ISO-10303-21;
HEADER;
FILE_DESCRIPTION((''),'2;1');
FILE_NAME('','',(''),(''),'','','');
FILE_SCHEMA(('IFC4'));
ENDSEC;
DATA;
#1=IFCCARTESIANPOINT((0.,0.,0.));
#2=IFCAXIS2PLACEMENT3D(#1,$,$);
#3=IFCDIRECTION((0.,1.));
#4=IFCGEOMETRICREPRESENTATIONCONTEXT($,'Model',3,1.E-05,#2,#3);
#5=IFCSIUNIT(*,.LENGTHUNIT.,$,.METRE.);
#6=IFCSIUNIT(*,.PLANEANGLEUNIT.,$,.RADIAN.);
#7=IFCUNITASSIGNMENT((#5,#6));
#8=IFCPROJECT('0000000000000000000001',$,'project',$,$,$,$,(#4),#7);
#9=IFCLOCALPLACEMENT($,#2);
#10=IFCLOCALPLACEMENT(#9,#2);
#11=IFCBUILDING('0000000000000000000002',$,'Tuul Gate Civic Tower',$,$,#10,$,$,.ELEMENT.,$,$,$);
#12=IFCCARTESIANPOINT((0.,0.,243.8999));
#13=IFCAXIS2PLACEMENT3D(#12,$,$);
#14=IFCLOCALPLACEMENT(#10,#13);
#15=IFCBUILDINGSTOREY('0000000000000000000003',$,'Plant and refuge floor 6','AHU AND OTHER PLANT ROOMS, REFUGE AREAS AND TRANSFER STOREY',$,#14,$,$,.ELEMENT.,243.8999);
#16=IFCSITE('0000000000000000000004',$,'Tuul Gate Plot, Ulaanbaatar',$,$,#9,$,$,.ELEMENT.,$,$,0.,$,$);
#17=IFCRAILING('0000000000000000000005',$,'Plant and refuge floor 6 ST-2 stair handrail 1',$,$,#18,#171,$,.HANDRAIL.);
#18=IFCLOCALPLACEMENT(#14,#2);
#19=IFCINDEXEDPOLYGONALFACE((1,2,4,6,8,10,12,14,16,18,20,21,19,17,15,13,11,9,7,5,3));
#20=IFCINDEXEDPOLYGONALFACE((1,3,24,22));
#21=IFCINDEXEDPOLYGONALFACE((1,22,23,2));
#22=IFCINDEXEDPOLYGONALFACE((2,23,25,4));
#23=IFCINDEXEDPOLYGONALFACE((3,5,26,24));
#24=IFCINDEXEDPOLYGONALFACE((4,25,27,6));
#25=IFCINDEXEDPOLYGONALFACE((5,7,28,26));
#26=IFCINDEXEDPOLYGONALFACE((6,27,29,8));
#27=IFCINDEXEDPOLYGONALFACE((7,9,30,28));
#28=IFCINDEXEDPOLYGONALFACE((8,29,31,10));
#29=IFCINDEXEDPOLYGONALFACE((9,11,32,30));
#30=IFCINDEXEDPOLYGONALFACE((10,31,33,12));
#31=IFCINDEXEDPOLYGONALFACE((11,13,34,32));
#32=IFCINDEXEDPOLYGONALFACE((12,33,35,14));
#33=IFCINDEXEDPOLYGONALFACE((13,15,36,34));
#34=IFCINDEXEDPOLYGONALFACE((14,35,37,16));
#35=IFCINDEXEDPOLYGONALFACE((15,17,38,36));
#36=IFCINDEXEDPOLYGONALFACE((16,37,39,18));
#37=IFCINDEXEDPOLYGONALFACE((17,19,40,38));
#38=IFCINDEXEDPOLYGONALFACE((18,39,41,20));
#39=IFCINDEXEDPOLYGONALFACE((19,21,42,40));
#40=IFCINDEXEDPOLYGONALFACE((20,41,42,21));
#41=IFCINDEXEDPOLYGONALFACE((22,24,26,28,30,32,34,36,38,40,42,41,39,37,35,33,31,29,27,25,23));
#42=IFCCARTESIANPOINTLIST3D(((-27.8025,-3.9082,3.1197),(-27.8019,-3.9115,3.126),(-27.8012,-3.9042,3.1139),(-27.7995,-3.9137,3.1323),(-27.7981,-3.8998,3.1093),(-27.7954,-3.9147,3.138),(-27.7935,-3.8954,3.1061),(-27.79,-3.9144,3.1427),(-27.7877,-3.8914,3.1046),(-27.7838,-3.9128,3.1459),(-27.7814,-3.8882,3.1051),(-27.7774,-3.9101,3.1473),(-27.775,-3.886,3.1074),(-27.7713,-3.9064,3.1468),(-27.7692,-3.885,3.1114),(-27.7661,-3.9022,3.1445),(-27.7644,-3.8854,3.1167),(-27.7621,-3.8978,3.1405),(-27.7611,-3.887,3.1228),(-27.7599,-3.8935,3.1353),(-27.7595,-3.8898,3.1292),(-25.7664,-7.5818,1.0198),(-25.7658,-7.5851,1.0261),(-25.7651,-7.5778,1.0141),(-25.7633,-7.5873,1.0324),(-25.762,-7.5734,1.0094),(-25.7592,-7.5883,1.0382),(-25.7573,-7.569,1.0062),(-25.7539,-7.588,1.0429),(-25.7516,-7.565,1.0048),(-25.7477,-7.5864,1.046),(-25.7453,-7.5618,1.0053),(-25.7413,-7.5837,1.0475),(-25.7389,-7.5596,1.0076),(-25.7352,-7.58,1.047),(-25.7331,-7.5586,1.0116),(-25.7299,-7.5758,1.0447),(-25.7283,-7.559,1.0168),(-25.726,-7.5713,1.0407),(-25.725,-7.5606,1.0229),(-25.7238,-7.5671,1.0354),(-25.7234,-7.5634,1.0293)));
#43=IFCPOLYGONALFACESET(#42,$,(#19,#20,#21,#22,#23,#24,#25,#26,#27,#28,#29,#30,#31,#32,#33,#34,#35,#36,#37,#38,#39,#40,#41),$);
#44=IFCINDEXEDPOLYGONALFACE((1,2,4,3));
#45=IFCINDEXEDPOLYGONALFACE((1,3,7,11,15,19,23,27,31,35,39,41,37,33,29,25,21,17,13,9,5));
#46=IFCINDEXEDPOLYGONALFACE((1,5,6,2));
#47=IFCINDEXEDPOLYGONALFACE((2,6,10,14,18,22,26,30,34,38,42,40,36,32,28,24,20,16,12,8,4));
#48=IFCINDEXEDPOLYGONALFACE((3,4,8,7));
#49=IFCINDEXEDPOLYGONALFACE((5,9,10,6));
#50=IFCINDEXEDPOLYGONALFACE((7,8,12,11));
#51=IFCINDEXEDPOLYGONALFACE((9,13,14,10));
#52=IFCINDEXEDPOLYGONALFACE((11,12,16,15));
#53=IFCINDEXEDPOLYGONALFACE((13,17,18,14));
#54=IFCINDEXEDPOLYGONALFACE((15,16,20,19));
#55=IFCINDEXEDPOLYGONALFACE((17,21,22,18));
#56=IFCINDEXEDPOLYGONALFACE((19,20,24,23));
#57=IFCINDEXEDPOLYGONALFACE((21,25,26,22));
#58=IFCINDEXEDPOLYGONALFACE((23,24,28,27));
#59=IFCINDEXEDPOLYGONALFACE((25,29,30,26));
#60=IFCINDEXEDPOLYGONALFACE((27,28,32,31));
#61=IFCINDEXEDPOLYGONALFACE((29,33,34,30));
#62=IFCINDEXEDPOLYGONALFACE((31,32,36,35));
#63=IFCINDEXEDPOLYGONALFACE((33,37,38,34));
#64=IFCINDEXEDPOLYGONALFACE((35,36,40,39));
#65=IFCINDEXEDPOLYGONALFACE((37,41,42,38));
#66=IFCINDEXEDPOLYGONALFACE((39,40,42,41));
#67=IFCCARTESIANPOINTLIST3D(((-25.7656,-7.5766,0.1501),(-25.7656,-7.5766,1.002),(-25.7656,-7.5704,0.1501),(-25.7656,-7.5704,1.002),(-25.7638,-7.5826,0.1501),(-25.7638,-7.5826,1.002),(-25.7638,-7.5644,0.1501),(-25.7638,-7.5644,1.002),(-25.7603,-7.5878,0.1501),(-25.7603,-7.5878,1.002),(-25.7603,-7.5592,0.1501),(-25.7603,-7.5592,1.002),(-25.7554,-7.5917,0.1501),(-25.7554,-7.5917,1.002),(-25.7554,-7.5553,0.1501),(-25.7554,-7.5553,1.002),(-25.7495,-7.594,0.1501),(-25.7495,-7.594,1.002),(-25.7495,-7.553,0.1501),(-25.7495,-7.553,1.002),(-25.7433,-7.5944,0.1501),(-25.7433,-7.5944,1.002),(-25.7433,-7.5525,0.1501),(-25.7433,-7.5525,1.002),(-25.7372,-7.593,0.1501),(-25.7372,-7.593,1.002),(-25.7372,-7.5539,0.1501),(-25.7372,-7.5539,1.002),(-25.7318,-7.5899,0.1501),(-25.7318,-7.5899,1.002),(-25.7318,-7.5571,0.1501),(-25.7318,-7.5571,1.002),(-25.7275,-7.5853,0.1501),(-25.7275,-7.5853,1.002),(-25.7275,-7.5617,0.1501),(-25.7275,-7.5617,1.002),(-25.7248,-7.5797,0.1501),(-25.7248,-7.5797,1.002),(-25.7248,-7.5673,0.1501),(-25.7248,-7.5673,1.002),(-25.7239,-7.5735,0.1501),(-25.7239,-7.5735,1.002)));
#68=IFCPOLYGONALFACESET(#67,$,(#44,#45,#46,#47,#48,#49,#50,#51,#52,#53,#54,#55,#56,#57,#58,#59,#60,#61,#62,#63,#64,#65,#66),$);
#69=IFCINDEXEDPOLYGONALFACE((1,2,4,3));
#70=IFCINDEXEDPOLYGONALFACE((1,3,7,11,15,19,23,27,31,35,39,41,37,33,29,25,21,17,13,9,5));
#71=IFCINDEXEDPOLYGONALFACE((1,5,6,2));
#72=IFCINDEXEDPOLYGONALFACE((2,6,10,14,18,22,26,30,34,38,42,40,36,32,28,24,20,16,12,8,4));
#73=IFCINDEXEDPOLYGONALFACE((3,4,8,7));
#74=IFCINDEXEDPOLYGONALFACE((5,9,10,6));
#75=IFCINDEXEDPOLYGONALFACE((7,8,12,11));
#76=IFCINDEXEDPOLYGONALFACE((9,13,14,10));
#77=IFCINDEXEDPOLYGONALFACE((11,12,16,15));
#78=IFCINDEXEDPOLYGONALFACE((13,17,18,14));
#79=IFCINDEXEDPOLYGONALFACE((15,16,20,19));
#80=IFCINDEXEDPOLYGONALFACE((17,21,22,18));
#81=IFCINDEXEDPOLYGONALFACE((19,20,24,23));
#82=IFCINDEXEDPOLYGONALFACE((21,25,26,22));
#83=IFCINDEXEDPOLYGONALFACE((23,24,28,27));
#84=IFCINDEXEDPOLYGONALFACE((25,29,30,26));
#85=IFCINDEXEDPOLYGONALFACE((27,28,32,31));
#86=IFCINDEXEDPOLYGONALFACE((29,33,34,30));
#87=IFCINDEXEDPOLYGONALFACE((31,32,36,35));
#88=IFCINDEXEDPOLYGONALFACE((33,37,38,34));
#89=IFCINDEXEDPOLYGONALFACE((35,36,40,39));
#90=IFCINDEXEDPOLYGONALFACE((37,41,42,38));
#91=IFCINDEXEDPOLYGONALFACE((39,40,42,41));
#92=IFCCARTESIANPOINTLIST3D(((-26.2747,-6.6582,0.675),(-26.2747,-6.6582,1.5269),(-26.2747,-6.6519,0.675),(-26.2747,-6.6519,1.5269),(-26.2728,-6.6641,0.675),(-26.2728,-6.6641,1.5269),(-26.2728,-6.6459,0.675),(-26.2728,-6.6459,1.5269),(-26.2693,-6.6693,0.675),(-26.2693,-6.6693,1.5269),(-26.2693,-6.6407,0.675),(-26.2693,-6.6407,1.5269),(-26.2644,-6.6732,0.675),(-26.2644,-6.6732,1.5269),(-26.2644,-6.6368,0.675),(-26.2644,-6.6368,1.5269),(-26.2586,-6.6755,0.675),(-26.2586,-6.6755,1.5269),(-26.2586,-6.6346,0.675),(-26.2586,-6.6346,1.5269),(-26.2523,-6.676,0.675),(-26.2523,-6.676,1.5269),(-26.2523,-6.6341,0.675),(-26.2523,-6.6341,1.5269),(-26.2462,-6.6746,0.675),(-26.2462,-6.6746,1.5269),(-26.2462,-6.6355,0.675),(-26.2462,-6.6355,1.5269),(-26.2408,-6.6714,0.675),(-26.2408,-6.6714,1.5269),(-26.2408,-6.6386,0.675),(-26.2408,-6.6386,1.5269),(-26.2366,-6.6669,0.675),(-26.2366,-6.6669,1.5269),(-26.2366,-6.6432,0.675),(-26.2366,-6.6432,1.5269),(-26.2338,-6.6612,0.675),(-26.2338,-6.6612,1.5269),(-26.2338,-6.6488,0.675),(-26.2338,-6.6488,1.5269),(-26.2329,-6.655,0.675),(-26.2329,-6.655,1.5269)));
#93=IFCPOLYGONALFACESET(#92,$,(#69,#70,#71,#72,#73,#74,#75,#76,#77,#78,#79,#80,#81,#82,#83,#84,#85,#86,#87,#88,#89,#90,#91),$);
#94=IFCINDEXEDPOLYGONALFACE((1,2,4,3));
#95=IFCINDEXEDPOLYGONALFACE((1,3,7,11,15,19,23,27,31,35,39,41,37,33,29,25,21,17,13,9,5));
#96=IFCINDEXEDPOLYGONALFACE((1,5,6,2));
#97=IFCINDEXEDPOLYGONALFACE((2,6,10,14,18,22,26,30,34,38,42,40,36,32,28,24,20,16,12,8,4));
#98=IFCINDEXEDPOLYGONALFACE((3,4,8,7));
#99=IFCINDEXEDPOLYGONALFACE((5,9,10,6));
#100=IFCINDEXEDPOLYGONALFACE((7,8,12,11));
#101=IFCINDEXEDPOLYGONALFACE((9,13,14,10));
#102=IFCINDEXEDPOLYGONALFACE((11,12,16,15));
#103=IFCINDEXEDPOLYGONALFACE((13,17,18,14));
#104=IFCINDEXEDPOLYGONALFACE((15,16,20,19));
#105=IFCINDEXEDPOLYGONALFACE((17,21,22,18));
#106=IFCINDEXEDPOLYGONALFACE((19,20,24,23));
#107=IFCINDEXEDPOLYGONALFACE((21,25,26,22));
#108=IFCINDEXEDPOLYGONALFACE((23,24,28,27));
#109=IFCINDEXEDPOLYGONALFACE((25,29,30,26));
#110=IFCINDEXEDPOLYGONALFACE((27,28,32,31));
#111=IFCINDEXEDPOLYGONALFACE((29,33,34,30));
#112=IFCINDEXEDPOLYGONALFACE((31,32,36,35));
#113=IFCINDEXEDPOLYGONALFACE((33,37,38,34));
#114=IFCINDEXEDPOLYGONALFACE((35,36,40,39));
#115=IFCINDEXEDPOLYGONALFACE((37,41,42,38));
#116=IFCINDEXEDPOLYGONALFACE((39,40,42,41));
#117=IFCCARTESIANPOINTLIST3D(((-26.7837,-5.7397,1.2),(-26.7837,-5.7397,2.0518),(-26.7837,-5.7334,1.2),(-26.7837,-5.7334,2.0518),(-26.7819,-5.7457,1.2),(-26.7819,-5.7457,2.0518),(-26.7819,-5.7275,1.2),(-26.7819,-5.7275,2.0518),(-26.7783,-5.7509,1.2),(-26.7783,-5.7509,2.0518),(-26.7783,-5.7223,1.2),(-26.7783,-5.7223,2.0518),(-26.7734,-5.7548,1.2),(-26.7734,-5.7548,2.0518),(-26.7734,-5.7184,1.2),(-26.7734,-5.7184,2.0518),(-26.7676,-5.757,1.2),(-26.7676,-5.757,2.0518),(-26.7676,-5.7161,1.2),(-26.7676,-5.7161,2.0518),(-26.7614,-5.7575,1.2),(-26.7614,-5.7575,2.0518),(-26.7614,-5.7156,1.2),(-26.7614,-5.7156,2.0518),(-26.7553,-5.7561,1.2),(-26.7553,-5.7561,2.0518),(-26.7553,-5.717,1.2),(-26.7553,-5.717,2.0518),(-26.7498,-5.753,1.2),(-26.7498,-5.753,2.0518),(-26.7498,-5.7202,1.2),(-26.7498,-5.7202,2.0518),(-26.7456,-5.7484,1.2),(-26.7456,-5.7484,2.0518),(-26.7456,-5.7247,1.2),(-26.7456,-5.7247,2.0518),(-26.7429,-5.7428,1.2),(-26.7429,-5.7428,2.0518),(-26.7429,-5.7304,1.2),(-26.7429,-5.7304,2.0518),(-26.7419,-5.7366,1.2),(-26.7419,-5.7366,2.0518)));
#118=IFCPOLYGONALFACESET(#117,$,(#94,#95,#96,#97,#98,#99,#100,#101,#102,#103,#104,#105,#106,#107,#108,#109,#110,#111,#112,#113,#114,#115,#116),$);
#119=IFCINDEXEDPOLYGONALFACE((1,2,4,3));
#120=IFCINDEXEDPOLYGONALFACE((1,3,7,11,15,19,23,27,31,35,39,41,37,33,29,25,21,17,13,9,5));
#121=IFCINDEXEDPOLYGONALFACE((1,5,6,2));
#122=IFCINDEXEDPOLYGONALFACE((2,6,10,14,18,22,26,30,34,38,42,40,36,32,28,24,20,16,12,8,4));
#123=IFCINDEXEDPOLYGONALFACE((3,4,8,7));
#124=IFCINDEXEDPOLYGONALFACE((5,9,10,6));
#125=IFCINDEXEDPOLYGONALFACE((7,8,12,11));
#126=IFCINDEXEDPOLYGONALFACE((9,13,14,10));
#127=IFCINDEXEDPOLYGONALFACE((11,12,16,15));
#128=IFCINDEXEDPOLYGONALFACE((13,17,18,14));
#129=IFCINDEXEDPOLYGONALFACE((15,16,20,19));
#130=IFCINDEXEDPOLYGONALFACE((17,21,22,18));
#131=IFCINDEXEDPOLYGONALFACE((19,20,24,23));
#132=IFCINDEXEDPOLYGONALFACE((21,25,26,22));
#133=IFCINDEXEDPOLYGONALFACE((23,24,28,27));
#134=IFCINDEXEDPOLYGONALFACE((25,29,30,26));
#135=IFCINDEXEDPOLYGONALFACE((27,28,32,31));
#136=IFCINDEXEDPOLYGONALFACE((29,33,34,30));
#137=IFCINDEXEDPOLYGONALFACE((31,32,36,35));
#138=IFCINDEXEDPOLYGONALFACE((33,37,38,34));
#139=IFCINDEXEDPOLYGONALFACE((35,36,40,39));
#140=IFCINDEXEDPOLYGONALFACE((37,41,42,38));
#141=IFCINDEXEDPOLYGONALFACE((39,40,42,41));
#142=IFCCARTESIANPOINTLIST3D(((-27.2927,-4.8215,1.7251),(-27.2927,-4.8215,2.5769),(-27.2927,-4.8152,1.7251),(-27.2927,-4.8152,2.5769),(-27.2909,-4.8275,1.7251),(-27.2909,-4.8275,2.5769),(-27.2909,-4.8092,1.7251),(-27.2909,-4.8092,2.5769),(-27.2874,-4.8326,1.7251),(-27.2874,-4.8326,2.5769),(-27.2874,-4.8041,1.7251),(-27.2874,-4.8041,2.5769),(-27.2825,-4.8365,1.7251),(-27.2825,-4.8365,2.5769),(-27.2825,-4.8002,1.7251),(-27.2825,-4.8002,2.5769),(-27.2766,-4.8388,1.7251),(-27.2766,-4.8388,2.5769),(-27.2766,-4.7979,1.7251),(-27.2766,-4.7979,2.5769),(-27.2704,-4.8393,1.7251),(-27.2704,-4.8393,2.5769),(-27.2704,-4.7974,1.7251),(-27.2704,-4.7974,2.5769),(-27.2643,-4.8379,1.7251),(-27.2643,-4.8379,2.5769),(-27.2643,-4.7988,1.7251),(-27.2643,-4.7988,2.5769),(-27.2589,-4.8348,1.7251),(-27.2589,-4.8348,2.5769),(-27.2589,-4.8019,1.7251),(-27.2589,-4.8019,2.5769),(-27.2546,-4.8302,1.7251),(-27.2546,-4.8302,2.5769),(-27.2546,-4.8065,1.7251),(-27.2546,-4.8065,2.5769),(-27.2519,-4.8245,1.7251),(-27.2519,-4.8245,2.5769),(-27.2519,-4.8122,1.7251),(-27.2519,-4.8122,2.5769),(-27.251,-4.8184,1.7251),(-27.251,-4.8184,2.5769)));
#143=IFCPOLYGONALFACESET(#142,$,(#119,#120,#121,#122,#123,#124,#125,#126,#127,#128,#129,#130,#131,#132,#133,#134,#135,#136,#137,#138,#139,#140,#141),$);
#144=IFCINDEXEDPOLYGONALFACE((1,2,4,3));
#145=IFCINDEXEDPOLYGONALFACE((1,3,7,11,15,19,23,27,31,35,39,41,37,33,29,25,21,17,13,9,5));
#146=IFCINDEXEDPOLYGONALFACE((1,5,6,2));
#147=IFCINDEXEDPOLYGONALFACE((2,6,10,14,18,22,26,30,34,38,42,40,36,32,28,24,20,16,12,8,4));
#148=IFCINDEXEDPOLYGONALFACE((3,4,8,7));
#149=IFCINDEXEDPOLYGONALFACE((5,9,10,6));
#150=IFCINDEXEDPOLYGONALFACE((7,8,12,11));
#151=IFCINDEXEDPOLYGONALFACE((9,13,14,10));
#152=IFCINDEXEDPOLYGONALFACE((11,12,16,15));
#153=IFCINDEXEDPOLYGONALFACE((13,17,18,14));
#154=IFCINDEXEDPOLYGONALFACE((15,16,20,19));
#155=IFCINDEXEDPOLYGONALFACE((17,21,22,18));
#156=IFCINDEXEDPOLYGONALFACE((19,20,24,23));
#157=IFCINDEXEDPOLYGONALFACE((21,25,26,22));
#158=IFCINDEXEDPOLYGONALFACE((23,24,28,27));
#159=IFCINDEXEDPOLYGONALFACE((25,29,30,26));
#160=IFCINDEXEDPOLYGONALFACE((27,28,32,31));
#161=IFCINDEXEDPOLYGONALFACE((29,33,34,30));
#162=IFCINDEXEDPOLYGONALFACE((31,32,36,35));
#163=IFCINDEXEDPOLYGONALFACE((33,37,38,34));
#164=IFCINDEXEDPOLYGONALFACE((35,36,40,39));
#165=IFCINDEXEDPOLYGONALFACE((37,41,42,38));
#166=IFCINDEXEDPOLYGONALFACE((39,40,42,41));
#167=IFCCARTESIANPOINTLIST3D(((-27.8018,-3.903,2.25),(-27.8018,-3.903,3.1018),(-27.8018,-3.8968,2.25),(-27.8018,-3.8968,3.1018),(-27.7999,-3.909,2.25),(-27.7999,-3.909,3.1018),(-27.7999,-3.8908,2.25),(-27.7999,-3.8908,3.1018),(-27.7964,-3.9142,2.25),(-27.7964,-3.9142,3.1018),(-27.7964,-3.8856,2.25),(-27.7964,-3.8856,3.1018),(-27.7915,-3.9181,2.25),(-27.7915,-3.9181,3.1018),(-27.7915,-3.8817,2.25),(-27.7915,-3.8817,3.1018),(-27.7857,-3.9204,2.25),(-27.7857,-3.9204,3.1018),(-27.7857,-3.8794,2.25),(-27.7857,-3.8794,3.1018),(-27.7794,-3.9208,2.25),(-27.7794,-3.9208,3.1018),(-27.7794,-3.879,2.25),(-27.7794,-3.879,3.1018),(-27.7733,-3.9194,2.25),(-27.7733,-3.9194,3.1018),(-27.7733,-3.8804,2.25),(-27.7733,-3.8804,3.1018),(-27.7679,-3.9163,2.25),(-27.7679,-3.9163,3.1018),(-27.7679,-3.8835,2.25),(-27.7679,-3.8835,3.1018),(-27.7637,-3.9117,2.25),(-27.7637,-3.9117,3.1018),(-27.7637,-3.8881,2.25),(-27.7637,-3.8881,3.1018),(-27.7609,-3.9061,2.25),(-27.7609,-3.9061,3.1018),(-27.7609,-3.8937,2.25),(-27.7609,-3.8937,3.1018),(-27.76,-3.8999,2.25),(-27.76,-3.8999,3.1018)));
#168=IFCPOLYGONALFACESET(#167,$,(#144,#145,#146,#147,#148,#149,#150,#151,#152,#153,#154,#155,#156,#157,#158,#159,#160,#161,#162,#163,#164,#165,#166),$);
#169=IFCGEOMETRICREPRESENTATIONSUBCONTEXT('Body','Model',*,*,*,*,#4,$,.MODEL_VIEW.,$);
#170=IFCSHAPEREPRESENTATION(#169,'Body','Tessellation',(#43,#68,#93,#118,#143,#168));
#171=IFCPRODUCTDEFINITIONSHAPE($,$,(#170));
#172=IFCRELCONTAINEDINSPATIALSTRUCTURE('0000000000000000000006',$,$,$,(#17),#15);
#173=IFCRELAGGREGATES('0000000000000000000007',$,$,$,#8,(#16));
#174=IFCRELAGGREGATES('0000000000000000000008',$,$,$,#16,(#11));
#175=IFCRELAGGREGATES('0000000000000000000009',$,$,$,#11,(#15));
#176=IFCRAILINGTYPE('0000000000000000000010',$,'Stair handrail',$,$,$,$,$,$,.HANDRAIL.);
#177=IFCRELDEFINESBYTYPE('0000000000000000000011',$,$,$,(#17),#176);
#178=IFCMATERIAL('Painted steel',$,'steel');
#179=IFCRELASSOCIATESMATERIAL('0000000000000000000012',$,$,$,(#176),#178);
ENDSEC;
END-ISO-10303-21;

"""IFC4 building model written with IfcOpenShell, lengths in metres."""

from ifc_helpers import new_model, si_unit, direction, frame, origin, origin_2d, place, context, subcontext, project, spatial, circle, extrude, material, type_object, element, save


model = new_model("IFC4")

# Units and contexts
model_context = context("Model", 3, precision=1e-05, world=origin(), true_north=direction((0.0, 1.0)))
body_context = subcontext(model_context, "Body", "Model", "MODEL_VIEW")
ifc_project = project(units=[si_unit("LENGTHUNIT", "METRE"), si_unit("PLANEANGLEUNIT", "RADIAN")], contexts=[model_context])

# Site, building, storey
site_placement = place(None, origin())
site = spatial("IfcSite", under=ifc_project, at=site_placement, Name="Tuul Gate Plot, Ulaanbaatar", CompositionType="ELEMENT", RefElevation=0.0)
building_placement = place(site_placement, origin())
building = spatial("IfcBuilding", under=site, at=building_placement, Name="Tuul Gate Civic Tower", CompositionType="ELEMENT")
storey_placement = place(building_placement, frame((0.0, 0.0, 243.8999)))
storey = spatial("IfcBuildingStorey", under=building, at=storey_placement, Name="Plant and refuge floor 6", Description="AHU AND OTHER PLANT ROOMS, REFUGE AREAS AND TRANSFER STOREY", CompositionType="ELEMENT", Elevation=243.8999)

# Railing
ifc_material_1 = material(Name="Painted steel", Category="steel")
railing_type_1 = type_object("IfcRailingType", Name="Stair handrail", PredefinedType="HANDRAIL", material=ifc_material_1)
railing_1_placement = place(storey_placement, frame((-25.7449, -7.5735, 0.1501)))
element("IfcRailing", 1, at=railing_1_placement, inside=storey, type_object=railing_type_1, Name="Plant and refuge floor 6 ST-2 stair handrail 1", PredefinedType="HANDRAIL", context=body_context, shape_type="SweptSolid", body=[
    extrude(circle(Radius=0.0239, at=origin_2d()), frame((0.0, 0.0, 0.876), z_axis=(-0.433608, 0.782314, 0.447178), x_axis=(-0.874637, -0.484779, 0.0)), (0.0, 0.0, 1.0), 4.6958),
    extrude(circle(Radius=0.021, at=origin_2d()), origin(), (0.0, 0.0, 1.0), 0.8518),
    extrude(circle(Radius=0.021, at=origin_2d()), frame((-0.509, 0.9185, 0.5249)), (0.0, 0.0, 1.0), 0.8518),
    extrude(circle(Radius=0.021, at=origin_2d()), frame((-1.0181, 1.8369, 1.0498)), (0.0, 0.0, 1.0), 0.8518),
    extrude(circle(Radius=0.021, at=origin_2d()), frame((-1.5271, 2.7551, 1.575)), (0.0, 0.0, 1.0), 0.8518),
    extrude(circle(Radius=0.021, at=origin_2d()), frame((-2.0361, 3.6736, 2.0999)), (0.0, 0.0, 1.0), 0.8518),
])

save(model, "model.ifc")
